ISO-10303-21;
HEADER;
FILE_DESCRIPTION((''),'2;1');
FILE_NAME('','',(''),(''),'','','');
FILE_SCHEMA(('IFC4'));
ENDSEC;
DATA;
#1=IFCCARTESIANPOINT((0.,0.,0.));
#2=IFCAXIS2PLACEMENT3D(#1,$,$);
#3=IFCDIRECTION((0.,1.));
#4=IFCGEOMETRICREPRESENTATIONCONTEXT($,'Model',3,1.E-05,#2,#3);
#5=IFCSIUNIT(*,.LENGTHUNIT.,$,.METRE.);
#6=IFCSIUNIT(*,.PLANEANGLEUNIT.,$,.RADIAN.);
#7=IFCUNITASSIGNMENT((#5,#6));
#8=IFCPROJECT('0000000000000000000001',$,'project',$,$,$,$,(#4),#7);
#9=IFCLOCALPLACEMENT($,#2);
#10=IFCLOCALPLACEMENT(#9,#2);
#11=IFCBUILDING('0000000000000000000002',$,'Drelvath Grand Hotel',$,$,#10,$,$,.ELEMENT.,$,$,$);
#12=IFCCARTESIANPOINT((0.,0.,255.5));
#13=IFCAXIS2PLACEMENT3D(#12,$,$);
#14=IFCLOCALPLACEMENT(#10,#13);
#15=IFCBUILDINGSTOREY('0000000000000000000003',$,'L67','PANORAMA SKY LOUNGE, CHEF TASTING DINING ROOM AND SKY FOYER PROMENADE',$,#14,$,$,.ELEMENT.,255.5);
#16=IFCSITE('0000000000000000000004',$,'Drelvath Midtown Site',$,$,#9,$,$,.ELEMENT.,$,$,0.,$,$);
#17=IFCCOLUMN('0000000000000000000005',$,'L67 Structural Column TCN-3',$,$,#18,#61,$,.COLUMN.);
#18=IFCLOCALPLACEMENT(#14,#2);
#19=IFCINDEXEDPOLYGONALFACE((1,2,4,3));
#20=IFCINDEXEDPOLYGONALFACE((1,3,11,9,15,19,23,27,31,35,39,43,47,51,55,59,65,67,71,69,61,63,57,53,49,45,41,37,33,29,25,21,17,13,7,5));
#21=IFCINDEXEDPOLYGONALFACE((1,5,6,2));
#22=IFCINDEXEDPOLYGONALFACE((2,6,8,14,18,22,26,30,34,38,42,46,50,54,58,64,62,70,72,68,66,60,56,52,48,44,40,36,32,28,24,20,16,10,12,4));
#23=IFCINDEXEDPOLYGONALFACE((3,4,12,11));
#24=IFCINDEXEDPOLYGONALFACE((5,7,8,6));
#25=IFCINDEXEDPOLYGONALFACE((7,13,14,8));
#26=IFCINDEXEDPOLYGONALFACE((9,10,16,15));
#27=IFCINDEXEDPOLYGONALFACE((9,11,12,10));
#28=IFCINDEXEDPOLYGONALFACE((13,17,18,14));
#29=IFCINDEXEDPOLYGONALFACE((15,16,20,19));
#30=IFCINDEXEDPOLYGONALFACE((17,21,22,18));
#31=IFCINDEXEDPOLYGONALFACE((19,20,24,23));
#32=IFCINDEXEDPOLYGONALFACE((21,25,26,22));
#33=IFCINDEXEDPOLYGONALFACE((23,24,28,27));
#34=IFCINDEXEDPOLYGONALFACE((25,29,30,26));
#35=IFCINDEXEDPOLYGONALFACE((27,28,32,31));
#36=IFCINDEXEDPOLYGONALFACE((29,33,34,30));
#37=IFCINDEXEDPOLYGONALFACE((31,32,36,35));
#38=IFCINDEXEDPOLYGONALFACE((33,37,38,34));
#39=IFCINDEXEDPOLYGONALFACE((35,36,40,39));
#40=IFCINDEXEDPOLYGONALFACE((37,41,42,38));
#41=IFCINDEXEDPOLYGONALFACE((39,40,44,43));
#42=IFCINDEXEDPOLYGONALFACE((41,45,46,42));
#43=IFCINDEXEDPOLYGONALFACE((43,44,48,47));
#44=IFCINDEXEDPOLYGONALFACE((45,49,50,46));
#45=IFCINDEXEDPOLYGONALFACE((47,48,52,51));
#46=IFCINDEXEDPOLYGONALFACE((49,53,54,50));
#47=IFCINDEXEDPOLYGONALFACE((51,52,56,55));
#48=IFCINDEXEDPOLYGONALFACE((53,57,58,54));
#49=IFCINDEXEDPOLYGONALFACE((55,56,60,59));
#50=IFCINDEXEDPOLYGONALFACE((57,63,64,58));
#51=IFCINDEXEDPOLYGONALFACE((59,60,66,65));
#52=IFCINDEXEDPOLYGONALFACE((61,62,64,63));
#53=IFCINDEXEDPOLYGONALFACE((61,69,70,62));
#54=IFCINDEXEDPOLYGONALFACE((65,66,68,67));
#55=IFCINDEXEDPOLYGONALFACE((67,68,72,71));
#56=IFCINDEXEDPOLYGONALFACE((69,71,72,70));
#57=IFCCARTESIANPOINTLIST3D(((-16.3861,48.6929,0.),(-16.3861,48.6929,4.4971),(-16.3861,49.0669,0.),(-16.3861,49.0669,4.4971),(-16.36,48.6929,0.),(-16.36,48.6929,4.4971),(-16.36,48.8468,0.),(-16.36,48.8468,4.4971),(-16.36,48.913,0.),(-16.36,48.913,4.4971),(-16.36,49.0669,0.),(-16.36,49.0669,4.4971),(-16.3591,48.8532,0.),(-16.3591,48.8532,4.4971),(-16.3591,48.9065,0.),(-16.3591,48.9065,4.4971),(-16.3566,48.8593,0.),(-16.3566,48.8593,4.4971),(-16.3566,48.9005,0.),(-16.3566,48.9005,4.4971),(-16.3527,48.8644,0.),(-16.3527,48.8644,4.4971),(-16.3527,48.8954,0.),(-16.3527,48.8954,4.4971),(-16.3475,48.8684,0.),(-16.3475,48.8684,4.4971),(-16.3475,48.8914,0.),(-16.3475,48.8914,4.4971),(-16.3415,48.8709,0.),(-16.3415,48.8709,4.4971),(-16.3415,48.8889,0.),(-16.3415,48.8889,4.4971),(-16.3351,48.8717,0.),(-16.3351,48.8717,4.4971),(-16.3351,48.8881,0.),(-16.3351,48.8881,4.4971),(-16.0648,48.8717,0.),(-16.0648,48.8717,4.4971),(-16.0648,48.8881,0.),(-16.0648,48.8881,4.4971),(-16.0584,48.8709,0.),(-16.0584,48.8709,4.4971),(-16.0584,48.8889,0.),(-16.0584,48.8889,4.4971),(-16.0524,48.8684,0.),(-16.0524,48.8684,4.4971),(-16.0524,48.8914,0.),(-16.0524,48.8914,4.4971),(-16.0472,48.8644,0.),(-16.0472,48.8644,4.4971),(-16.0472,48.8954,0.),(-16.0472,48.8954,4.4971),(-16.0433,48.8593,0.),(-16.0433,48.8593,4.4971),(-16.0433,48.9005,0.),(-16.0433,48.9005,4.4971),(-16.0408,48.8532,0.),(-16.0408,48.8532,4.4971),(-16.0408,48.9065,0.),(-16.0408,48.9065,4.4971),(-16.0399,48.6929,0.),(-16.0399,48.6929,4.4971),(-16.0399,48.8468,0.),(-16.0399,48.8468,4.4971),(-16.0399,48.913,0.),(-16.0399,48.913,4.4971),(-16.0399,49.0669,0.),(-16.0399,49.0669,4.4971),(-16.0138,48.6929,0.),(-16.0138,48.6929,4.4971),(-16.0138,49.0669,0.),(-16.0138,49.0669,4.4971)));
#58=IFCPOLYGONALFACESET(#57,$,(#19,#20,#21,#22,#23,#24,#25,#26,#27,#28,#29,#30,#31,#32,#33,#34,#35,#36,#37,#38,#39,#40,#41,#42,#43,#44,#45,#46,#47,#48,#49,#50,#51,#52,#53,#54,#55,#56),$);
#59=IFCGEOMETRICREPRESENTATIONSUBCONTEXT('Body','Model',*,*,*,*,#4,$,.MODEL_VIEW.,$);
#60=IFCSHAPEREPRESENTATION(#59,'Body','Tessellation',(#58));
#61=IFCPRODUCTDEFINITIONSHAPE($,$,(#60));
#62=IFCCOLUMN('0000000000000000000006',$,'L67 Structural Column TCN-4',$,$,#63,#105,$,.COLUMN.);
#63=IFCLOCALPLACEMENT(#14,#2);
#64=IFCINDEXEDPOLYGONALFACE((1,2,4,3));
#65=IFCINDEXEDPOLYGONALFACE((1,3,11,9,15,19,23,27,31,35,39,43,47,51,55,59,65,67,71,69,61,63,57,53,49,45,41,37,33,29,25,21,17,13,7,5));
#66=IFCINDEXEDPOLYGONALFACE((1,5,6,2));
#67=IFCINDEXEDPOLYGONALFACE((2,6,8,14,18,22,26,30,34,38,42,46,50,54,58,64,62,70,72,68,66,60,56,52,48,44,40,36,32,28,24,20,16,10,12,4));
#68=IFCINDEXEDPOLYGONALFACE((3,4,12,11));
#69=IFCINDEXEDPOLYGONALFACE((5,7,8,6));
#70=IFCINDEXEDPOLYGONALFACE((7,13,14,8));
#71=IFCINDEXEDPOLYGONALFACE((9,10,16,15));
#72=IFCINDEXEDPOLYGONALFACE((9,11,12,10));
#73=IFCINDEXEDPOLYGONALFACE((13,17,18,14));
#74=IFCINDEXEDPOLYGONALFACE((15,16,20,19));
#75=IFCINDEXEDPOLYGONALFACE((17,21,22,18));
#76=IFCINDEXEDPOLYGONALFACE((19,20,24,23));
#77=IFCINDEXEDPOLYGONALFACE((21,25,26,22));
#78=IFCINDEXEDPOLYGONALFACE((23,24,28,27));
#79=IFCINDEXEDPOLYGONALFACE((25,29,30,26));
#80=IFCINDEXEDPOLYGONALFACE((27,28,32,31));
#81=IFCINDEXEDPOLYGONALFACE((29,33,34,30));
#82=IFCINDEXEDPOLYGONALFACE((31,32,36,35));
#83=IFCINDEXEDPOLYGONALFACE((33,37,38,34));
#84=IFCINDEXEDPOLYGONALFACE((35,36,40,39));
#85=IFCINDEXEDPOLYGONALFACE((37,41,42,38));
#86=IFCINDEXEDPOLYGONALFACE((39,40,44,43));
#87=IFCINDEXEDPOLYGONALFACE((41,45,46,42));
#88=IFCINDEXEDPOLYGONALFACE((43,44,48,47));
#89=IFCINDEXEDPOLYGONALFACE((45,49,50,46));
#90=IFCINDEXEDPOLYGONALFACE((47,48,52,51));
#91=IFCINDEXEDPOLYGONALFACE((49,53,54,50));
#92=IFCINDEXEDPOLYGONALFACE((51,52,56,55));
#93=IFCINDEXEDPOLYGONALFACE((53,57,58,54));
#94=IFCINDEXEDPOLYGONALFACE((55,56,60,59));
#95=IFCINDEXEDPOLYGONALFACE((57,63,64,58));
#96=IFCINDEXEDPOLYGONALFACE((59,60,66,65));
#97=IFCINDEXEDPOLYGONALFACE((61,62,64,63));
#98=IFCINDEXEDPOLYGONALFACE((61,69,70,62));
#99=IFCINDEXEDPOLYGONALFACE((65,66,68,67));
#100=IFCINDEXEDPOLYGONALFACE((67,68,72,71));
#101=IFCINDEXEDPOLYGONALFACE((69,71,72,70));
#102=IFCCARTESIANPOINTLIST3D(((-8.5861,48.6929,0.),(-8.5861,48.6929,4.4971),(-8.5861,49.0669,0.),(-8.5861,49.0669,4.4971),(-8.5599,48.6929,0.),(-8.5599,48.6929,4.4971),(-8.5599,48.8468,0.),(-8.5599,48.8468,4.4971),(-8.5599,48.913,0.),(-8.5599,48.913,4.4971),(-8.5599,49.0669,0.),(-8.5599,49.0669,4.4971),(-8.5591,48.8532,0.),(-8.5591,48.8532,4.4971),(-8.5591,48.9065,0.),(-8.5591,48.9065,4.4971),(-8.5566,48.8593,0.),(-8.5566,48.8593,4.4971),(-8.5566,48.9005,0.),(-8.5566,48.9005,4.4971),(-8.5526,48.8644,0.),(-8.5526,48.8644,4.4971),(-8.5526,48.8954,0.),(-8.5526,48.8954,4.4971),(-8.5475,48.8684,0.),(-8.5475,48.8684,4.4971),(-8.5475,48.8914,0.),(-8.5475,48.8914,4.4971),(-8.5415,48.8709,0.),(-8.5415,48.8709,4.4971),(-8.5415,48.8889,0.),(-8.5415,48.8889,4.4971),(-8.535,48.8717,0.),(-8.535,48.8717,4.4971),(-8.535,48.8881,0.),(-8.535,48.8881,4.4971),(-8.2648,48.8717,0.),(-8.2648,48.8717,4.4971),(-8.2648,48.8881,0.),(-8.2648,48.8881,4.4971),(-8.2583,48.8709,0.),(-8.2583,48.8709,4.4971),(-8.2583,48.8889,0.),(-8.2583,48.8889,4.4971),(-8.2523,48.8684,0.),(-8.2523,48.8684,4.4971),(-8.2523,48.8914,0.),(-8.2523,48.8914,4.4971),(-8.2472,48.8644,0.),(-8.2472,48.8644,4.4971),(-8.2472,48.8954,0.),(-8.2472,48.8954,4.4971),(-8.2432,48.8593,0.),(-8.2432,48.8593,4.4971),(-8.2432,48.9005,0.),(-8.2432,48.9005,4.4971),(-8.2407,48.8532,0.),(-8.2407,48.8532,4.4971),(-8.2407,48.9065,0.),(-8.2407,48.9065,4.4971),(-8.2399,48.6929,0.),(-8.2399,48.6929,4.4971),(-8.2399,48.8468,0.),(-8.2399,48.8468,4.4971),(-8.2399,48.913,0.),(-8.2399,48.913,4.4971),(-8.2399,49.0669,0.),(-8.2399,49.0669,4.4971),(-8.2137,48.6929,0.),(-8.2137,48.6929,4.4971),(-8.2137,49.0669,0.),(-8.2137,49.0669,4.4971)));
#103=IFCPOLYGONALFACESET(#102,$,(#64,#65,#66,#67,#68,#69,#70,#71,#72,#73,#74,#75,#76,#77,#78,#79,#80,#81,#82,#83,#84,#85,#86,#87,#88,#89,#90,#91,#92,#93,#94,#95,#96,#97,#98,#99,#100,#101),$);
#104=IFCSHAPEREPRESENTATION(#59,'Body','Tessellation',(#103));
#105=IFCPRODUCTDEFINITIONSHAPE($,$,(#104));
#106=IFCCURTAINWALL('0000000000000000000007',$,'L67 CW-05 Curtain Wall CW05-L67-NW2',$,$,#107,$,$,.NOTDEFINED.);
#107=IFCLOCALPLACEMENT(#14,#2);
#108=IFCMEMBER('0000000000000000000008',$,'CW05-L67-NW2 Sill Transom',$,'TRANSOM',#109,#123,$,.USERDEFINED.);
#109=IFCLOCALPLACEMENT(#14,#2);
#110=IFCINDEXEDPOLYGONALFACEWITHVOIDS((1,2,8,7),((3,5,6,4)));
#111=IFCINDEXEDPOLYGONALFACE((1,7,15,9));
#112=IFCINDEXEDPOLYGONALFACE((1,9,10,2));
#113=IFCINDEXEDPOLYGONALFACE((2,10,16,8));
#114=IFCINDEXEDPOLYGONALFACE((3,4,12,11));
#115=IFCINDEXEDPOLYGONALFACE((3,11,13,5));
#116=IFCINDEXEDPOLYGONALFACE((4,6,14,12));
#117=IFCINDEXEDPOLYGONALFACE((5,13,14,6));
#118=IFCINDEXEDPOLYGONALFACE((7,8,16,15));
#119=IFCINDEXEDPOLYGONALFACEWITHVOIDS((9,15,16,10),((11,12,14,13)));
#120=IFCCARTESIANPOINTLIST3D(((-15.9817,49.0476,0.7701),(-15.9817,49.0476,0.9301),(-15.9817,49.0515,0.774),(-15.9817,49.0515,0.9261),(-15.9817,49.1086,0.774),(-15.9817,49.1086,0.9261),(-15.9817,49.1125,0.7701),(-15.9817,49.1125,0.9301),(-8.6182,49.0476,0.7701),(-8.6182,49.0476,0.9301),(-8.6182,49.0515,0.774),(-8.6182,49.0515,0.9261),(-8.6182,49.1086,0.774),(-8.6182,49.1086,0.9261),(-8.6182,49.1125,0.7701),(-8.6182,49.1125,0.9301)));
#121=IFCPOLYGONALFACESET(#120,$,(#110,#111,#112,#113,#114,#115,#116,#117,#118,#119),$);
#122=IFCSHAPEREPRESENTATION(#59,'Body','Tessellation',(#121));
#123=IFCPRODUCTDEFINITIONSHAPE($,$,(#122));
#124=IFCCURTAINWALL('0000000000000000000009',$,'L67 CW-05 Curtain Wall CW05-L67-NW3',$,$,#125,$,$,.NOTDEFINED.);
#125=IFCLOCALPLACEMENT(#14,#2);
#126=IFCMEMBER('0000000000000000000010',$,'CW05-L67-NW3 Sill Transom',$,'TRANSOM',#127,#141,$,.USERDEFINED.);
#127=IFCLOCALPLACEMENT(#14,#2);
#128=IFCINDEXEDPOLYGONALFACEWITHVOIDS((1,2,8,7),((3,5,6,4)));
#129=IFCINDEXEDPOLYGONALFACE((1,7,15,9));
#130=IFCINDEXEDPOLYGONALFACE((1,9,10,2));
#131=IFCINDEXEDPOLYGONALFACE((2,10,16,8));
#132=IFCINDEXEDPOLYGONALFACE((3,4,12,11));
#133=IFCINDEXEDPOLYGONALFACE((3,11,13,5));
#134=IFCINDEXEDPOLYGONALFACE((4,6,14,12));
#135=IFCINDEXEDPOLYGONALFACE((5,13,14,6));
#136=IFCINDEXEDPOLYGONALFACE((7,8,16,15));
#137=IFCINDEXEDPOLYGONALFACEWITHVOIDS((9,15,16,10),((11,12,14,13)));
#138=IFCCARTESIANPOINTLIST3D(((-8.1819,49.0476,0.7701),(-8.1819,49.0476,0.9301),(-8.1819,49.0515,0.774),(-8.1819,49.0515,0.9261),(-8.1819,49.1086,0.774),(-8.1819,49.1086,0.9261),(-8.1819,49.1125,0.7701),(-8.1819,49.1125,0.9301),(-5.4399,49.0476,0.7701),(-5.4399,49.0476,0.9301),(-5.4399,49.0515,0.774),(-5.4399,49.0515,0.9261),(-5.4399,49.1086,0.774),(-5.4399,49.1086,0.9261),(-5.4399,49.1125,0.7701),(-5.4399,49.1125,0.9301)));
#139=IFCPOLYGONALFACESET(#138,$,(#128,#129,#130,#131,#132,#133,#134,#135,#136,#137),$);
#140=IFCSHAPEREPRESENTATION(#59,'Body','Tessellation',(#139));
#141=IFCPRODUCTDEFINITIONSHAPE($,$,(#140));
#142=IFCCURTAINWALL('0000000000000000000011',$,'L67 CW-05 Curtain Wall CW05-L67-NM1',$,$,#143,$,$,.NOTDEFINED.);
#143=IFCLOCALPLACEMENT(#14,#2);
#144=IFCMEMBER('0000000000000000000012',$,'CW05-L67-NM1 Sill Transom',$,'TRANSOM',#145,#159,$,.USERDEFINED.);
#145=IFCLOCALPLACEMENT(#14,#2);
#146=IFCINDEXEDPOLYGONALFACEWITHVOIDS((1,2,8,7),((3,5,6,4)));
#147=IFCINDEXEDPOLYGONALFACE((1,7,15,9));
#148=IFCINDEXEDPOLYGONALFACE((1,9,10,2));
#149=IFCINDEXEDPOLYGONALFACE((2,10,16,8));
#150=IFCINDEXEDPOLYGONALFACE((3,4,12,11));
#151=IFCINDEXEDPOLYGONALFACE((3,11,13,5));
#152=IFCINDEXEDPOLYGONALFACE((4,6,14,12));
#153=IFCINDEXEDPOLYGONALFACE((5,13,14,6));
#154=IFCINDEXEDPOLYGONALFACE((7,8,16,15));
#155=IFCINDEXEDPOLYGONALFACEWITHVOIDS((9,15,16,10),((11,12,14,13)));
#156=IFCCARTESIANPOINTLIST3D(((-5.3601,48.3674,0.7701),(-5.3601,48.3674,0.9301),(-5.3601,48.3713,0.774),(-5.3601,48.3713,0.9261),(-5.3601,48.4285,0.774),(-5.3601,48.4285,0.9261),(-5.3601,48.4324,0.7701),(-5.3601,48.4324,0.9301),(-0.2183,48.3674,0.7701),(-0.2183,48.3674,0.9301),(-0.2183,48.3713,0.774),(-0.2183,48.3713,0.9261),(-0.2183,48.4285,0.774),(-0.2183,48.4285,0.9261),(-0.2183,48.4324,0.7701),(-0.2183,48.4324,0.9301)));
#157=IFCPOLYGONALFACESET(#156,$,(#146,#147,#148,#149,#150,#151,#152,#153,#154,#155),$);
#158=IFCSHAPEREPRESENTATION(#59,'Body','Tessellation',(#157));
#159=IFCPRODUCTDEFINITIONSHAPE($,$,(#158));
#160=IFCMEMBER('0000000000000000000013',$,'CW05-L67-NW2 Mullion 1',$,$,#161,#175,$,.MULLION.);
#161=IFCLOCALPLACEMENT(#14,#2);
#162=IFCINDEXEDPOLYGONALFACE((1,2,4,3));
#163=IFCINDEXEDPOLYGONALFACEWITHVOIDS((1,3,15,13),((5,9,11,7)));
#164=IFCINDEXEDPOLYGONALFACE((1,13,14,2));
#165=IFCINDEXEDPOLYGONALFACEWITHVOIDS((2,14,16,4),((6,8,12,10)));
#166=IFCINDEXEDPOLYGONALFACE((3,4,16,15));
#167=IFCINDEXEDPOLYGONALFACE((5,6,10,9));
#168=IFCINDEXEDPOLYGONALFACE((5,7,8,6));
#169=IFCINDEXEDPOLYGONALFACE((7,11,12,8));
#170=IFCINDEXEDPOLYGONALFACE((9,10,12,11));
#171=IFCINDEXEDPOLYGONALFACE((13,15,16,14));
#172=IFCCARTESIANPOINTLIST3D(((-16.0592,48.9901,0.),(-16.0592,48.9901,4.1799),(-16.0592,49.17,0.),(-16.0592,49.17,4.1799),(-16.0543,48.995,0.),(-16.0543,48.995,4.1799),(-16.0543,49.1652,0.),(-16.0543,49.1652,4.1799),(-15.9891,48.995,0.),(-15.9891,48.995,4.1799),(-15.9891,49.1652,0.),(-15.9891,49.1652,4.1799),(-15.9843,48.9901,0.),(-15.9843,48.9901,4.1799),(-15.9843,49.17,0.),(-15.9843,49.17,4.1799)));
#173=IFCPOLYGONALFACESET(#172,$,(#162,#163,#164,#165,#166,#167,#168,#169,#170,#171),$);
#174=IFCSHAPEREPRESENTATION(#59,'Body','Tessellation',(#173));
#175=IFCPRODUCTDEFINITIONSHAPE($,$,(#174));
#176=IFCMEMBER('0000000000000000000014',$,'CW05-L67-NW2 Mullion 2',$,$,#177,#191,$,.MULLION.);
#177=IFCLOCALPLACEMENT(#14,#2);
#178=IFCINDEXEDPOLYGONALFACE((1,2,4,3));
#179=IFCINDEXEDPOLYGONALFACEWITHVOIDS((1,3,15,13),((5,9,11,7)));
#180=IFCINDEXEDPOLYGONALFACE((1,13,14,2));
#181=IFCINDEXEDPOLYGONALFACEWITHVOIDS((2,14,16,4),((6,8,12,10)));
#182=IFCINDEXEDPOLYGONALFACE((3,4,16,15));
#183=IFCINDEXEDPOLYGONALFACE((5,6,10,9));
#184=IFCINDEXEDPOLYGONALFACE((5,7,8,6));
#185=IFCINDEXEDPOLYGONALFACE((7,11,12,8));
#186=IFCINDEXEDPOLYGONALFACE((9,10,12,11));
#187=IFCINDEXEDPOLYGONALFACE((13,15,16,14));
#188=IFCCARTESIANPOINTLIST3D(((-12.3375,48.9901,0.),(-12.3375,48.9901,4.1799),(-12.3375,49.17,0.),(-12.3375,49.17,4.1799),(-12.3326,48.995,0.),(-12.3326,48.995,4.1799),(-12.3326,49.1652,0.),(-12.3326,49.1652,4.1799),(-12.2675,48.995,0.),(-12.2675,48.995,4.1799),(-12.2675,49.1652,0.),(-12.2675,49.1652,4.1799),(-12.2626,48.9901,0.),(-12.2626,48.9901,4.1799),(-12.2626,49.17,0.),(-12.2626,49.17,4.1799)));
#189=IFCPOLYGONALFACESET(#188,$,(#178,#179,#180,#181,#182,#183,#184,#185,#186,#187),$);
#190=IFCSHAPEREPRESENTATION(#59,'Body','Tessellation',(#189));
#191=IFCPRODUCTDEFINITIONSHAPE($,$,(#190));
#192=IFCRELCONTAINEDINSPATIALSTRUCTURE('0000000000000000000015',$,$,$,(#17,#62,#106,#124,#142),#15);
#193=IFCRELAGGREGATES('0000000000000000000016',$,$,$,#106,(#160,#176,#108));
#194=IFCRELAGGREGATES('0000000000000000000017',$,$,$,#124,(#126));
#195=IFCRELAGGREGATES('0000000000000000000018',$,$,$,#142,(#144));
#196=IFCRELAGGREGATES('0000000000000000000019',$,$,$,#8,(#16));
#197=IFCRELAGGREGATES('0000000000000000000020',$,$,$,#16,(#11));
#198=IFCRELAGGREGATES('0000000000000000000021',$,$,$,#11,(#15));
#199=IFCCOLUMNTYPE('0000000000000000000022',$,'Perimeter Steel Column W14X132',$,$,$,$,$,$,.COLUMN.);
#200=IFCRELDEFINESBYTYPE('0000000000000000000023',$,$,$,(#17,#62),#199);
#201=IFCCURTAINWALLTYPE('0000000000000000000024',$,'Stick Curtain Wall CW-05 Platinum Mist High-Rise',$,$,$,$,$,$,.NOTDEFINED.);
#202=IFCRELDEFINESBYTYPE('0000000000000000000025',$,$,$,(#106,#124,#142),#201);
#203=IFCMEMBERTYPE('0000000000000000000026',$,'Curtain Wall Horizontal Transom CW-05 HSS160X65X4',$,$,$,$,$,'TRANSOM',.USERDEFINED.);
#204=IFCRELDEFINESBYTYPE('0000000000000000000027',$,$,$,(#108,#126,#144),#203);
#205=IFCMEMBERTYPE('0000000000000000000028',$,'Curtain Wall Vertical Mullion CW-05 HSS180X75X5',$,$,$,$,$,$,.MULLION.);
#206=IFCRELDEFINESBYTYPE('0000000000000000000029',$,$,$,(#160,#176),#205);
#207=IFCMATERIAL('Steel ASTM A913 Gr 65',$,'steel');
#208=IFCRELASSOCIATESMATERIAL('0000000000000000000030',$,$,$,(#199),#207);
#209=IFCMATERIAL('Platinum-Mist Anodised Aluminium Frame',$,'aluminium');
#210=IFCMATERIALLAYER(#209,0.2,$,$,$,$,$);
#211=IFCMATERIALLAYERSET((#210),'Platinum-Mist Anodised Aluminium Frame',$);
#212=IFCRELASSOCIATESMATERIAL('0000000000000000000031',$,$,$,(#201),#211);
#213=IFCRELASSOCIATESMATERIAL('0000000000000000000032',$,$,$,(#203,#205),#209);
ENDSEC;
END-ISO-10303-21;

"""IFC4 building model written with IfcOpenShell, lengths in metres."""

from ifc_helpers import new_model, si_unit, direction, frame, origin, origin_2d, place, context, subcontext, project, spatial, hollow_rectangle, i_section, extrude, material, layer, layer_set, material_profile, profile_set, type_object, element, aggregate, save


model = new_model("IFC4")

# Units and contexts
model_context = context("Model", 3, precision=1e-05, world=origin(), true_north=direction((0.0, 1.0)))
body_context = subcontext(model_context, "Body", "Model", "MODEL_VIEW")
ifc_project = project(units=[si_unit("LENGTHUNIT", "METRE"), si_unit("PLANEANGLEUNIT", "RADIAN")], contexts=[model_context])

# Site, building, storey
site_placement = place(None, origin())
site = spatial("IfcSite", under=ifc_project, at=site_placement, Name="Drelvath Midtown Site", CompositionType="ELEMENT", RefElevation=0.0)
building_placement = place(site_placement, origin())
building = spatial("IfcBuilding", under=site, at=building_placement, Name="Drelvath Grand Hotel", CompositionType="ELEMENT")
storey_placement = place(building_placement, frame((0.0, 0.0, 255.5)))
storey = spatial("IfcBuildingStorey", under=building, at=storey_placement, Name="L67", Description="PANORAMA SKY LOUNGE, CHEF TASTING DINING ROOM AND SKY FOYER PROMENADE", CompositionType="ELEMENT", Elevation=255.5)

# Columns
ifc_material_1 = material(Name="Steel ASTM A913 Gr 65", Category="steel")
ifc_material_profile_1 = material_profile(ifc_material_1, i_section(OverallWidth=0.374, OverallDepth=0.3723, WebThickness=0.0164, FlangeThickness=0.0261, FilletRadius=0.0249, at=origin_2d()), Name="W14X132")
ifc_profile_set_1 = profile_set([ifc_material_profile_1], Name="Steel ASTM A913 Gr 65")
column_type = type_object("IfcColumnType", Name="Perimeter Steel Column W14X132", PredefinedType="COLUMN", material=ifc_profile_set_1)
for number, where, z_axis, x_axis, name in (
    (1, (-16.2, 48.8799, 0.0), (0.0, 0.0, 1.0), (0.0, 1.0, 0.0), "L67 Structural Column TCN-3"),
    (2, (-8.3999, 48.8799, 0.0), (0.0, 0.0, 1.0), (0.0, 1.0, 0.0), "L67 Structural Column TCN-4"),
):
    element("IfcColumn", number, at=place(storey_placement, frame(where, z_axis=z_axis, x_axis=x_axis)), inside=storey, type_object=column_type, Name=name, PredefinedType="COLUMN", context=body_context, shape_type="SweptSolid", body=[
        extrude(i_section(OverallWidth=0.374, OverallDepth=0.3723, WebThickness=0.0164, FlangeThickness=0.0261, FilletRadius=0.0249, at=origin_2d()), origin(), (0.0, 0.0, 1.0), 4.4971),
    ])

# Curtain walls, members
ifc_material_2 = material(Name="Platinum-Mist Anodised Aluminium Frame", Category="aluminium")
ifc_layer_1 = layer(ifc_material_2, 0.2)
ifc_layer_set_1 = layer_set([ifc_layer_1], Name="Platinum-Mist Anodised Aluminium Frame")
curtain_wall_type = type_object("IfcCurtainWallType", Name="Stick Curtain Wall CW-05 Platinum Mist High-Rise", PredefinedType="NOTDEFINED", material=ifc_layer_set_1)
curtain_wall_1_placement = place(storey_placement, origin())
curtain_wall_1 = element("IfcCurtainWall", 3, at=curtain_wall_1_placement, inside=storey, type_object=curtain_wall_type, Name="L67 CW-05 Curtain Wall CW05-L67-NW2", PredefinedType="NOTDEFINED")
ifc_material_profile_2 = material_profile(ifc_material_2, hollow_rectangle(XDim=0.0649, YDim=0.1599, WallThickness=0.0039, at=origin_2d()), Name="HSS160X65X4")
ifc_profile_set_2 = profile_set([ifc_material_profile_2], Name="Platinum-Mist Anodised Aluminium Frame")
member_type_1 = type_object("IfcMemberType", Name="Curtain Wall Horizontal Transom CW-05 HSS160X65X4", ElementType="TRANSOM", PredefinedType="USERDEFINED", material=ifc_profile_set_2)
member_1_placement = place(storey_placement, frame((-15.9817, 49.0801, 0.8501), z_axis=(1.0, 0.0, 0.0), x_axis=(0.0, 1.0, 0.0)))
member_1 = element("IfcMember", 4, at=member_1_placement, type_object=member_type_1, Name="CW05-L67-NW2 Sill Transom", ObjectType="TRANSOM", PredefinedType="USERDEFINED", context=body_context, shape_type="SweptSolid", body=[
    extrude(hollow_rectangle(XDim=0.0649, YDim=0.1599, WallThickness=0.0039, at=origin_2d()), origin(), (0.0, 0.0, 1.0), 7.3635),
])
curtain_wall_2_placement = place(storey_placement, origin())
curtain_wall_2 = element("IfcCurtainWall", 5, at=curtain_wall_2_placement, inside=storey, type_object=curtain_wall_type, Name="L67 CW-05 Curtain Wall CW05-L67-NW3", PredefinedType="NOTDEFINED")
member_2_placement = place(storey_placement, frame((-8.1819, 49.0801, 0.8501), z_axis=(1.0, 0.0, 0.0), x_axis=(0.0, 1.0, 0.0)))
member_2 = element("IfcMember", 6, at=member_2_placement, type_object=member_type_1, Name="CW05-L67-NW3 Sill Transom", ObjectType="TRANSOM", PredefinedType="USERDEFINED", context=body_context, shape_type="SweptSolid", body=[
    extrude(hollow_rectangle(XDim=0.0649, YDim=0.1599, WallThickness=0.0039, at=origin_2d()), origin(), (0.0, 0.0, 1.0), 2.7419),
])
curtain_wall_3_placement = place(storey_placement, origin())
curtain_wall_3 = element("IfcCurtainWall", 7, at=curtain_wall_3_placement, inside=storey, type_object=curtain_wall_type, Name="L67 CW-05 Curtain Wall CW05-L67-NM1", PredefinedType="NOTDEFINED")
member_3_placement = place(storey_placement, frame((-5.3601, 48.3999, 0.8501), z_axis=(1.0, 0.0, 0.0), x_axis=(0.0, 1.0, 0.0)))
member_3 = element("IfcMember", 8, at=member_3_placement, type_object=member_type_1, Name="CW05-L67-NM1 Sill Transom", ObjectType="TRANSOM", PredefinedType="USERDEFINED", context=body_context, shape_type="SweptSolid", body=[
    extrude(hollow_rectangle(XDim=0.0649, YDim=0.1599, WallThickness=0.0039, at=origin_2d()), origin(), (0.0, 0.0, 1.0), 5.1418),
])

# Members
ifc_material_profile_3 = material_profile(ifc_material_2, hollow_rectangle(XDim=0.075, YDim=0.1799, WallThickness=0.0049, at=origin_2d()), Name="HSS180X75X5")
ifc_profile_set_3 = profile_set([ifc_material_profile_3], Name="Platinum-Mist Anodised Aluminium Frame")
member_type_2 = type_object("IfcMemberType", Name="Curtain Wall Vertical Mullion CW-05 HSS180X75X5", PredefinedType="MULLION", material=ifc_profile_set_3)
member_4_placement = place(storey_placement, frame((-16.0217, 49.0801, 0.0), z_axis=(0.0, 0.0, 1.0), x_axis=(1.0, 0.0, 0.0)))
member_4 = element("IfcMember", 9, at=member_4_placement, type_object=member_type_2, Name="CW05-L67-NW2 Mullion 1", PredefinedType="MULLION", context=body_context, shape_type="SweptSolid", body=[
    extrude(hollow_rectangle(XDim=0.075, YDim=0.1799, WallThickness=0.0049, at=origin_2d()), origin(), (0.0, 0.0, 1.0), 4.1799),
])
member_5_placement = place(storey_placement, frame((-12.3, 49.0801, 0.0), z_axis=(0.0, 0.0, 1.0), x_axis=(1.0, 0.0, 0.0)))
member_5 = element("IfcMember", 10, at=member_5_placement, type_object=member_type_2, Name="CW05-L67-NW2 Mullion 2", PredefinedType="MULLION", context=body_context, shape_type="SweptSolid", body=[
    extrude(hollow_rectangle(XDim=0.075, YDim=0.1799, WallThickness=0.0049, at=origin_2d()), origin(), (0.0, 0.0, 1.0), 4.1799),
])

aggregate(curtain_wall_1, [member_4, member_5, member_1])
aggregate(curtain_wall_2, [member_2])
aggregate(curtain_wall_3, [member_3])

save(model, "model.ifc")
